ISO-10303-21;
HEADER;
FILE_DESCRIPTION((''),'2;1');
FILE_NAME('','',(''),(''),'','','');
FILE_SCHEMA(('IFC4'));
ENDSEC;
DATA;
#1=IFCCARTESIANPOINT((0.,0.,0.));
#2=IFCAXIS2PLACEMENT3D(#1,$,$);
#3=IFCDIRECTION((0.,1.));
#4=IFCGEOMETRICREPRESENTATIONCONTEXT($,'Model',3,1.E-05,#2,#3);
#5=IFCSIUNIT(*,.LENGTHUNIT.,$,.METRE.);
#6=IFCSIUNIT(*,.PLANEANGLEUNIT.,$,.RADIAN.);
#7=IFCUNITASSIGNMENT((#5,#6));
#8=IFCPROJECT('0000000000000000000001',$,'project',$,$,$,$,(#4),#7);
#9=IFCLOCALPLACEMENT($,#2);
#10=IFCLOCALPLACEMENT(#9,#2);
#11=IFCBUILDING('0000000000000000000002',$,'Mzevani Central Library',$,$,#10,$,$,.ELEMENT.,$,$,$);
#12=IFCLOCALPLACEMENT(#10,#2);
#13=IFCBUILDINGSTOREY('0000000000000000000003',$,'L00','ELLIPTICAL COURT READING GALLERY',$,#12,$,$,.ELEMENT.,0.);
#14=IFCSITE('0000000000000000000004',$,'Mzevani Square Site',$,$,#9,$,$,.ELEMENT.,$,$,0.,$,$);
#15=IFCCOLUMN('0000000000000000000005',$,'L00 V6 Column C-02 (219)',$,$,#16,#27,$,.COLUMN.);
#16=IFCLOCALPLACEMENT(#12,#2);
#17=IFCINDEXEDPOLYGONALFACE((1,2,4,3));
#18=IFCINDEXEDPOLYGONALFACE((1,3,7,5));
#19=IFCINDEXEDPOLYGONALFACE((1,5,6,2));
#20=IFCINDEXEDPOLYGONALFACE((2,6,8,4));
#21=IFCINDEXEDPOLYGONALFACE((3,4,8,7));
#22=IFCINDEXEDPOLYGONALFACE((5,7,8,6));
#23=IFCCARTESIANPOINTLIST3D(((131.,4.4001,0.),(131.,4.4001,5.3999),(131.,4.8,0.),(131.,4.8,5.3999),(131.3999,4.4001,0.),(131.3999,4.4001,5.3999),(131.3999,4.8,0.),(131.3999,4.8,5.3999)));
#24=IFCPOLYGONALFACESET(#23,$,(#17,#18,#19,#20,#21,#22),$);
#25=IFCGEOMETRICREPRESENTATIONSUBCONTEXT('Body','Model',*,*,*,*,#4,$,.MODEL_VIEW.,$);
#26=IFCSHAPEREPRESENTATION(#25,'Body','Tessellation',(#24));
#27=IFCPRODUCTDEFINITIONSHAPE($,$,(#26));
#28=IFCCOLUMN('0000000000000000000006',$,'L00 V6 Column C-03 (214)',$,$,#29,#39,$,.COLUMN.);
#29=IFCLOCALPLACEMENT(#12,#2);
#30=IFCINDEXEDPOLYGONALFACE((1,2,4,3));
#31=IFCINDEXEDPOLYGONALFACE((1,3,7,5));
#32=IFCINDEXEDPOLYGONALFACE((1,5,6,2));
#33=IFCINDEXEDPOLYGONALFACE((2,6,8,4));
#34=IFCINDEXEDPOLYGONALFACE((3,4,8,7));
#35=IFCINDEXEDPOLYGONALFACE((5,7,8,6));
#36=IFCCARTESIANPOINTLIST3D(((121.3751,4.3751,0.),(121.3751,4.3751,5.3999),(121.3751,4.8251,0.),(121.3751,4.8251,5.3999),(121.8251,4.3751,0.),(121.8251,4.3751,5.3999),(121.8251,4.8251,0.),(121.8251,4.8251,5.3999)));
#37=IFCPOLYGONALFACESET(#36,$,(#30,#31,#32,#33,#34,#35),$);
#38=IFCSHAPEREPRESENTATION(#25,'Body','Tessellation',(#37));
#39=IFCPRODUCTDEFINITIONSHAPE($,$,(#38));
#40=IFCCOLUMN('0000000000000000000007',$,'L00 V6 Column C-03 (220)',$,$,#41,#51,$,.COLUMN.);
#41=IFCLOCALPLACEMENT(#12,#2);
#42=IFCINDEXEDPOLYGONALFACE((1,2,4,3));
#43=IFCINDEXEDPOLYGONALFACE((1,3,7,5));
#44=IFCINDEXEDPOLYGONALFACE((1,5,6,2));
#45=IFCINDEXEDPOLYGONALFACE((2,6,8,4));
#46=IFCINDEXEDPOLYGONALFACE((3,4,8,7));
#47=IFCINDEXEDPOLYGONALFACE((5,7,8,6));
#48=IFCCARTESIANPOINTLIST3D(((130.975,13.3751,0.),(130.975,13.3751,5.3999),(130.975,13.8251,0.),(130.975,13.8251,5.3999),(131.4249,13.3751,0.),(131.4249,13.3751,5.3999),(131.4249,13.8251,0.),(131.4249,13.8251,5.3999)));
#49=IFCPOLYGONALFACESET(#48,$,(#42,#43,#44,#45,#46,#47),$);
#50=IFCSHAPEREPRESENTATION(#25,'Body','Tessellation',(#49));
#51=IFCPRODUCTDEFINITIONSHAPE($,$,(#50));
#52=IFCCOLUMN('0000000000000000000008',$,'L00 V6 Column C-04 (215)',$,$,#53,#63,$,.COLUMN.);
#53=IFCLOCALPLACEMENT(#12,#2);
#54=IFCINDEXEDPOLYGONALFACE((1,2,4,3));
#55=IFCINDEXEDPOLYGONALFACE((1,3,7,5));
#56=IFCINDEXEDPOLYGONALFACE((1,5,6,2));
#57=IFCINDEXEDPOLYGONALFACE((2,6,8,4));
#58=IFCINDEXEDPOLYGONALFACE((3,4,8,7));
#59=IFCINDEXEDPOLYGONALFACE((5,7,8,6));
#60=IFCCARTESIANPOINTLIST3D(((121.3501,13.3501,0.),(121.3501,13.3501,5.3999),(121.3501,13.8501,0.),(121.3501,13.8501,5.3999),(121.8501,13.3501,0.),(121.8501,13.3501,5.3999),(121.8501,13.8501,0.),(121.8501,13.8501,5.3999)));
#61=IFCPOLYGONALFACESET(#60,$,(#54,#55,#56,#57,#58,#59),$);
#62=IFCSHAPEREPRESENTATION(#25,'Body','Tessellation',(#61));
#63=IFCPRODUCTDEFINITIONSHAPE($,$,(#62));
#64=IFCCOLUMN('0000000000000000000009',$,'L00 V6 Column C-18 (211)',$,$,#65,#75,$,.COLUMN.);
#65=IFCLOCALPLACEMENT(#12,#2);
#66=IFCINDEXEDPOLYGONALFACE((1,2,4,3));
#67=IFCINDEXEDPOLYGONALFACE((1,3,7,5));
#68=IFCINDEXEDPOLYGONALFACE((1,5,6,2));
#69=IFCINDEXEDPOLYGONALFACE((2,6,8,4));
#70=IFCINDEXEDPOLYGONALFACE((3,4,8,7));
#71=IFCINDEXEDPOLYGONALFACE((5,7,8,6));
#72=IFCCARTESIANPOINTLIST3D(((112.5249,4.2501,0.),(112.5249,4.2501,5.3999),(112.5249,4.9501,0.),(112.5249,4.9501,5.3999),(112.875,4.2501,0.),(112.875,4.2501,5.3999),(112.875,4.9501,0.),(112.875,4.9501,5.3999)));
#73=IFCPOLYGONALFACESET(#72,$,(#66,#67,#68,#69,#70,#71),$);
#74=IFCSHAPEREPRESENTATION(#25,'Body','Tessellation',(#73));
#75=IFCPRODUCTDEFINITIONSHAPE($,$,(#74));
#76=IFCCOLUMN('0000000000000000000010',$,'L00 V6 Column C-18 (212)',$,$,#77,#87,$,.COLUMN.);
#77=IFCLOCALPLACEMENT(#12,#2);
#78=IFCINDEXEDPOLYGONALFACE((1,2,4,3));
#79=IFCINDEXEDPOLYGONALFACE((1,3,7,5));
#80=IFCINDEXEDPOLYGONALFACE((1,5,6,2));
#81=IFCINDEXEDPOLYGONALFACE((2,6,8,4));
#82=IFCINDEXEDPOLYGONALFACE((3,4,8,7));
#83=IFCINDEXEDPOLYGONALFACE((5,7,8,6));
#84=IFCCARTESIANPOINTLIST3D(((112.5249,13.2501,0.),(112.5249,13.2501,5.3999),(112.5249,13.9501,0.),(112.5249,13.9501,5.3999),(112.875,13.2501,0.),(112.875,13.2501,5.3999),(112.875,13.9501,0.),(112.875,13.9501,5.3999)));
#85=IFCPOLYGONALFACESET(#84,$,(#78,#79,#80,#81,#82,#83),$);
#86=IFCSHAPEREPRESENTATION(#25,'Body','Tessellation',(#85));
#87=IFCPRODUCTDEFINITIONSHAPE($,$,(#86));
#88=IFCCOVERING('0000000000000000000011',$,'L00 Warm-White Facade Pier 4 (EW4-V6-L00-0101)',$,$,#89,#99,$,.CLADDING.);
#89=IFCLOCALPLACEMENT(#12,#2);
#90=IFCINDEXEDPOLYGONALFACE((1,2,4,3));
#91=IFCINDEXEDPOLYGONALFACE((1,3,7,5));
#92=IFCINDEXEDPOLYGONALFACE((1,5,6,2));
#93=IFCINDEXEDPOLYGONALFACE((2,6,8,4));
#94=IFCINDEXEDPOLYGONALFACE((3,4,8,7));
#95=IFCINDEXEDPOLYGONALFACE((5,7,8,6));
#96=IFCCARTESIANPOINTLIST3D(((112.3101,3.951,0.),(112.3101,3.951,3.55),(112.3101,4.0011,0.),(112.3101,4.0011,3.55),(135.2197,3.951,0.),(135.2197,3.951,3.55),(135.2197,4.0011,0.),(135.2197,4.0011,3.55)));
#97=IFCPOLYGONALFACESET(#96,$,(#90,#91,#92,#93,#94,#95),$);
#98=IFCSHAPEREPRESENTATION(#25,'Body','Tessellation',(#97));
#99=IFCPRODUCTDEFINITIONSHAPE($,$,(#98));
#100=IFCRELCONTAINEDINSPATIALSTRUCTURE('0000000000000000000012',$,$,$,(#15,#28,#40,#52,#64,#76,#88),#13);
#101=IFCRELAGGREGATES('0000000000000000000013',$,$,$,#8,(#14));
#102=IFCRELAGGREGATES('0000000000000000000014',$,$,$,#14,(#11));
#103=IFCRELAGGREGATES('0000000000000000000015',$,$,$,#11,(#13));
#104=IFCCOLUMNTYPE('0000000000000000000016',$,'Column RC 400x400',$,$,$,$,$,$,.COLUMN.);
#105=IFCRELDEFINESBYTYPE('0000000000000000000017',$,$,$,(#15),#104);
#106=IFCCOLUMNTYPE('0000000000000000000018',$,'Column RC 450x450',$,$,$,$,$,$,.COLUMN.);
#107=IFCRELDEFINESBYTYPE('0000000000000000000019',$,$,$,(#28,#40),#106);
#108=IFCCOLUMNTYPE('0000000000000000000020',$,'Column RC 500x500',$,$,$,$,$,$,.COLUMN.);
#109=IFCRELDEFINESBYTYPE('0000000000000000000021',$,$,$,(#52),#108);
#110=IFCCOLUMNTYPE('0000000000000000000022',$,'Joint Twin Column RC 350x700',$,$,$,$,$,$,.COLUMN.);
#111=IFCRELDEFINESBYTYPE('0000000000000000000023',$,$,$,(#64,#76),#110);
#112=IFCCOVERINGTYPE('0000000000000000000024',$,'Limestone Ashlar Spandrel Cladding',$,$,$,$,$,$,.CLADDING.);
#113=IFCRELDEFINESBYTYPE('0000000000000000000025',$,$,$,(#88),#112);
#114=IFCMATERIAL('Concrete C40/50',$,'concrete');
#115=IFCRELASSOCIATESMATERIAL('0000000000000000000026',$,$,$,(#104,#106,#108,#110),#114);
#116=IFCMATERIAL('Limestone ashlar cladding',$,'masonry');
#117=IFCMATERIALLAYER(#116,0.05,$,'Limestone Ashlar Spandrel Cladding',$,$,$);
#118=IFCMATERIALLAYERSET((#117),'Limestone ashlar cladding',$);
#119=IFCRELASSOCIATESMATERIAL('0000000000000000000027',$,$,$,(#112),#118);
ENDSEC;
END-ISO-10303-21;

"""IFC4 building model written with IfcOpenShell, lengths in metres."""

from ifc_helpers import new_model, si_unit, direction, frame, origin, origin_2d, place, context, subcontext, project, spatial, rectangle, extrude, material, layer, layer_set, material_profile, profile_set, type_object, element, save


model = new_model("IFC4")

# Units and contexts
model_context = context("Model", 3, precision=1e-05, world=origin(), true_north=direction((0.0, 1.0)))
body_context = subcontext(model_context, "Body", "Model", "MODEL_VIEW")
ifc_project = project(units=[si_unit("LENGTHUNIT", "METRE"), si_unit("PLANEANGLEUNIT", "RADIAN")], contexts=[model_context])

# Site, building, storey
site_placement = place(None, origin())
site = spatial("IfcSite", under=ifc_project, at=site_placement, Name="Mzevani Square Site", CompositionType="ELEMENT", RefElevation=0.0)
building_placement = place(site_placement, origin())
building = spatial("IfcBuilding", under=site, at=building_placement, Name="Mzevani Central Library", CompositionType="ELEMENT")
storey_placement = place(building_placement, origin())
storey = spatial("IfcBuildingStorey", under=building, at=storey_placement, Name="L00", Description="ELLIPTICAL COURT READING GALLERY", CompositionType="ELEMENT", Elevation=0.0)

# Columns
ifc_material_1 = material(Name="Concrete C40/50", Category="concrete")
ifc_material_profile_1 = material_profile(ifc_material_1, rectangle(XDim=0.3999, YDim=0.3999, at=origin_2d()), Name="RC 400x400")
ifc_profile_set_1 = profile_set([ifc_material_profile_1], Name="Concrete C40/50")
column_type_1 = type_object("IfcColumnType", Name="Column RC 400x400", PredefinedType="COLUMN", material=ifc_profile_set_1)
column_1_placement = place(storey_placement, frame((131.2, 4.6001, 0.0), z_axis=(0.0, 0.0, 1.0), x_axis=(1.0, 0.0, 0.0)))
element("IfcColumn", 1, at=column_1_placement, inside=storey, type_object=column_type_1, Name="L00 V6 Column C-02 (219)", PredefinedType="COLUMN", context=body_context, shape_type="SweptSolid", body=[
    extrude(rectangle(XDim=0.3999, YDim=0.3999, at=origin_2d()), origin(), (0.0, 0.0, 1.0), 5.3999),
])
ifc_material_profile_2 = material_profile(ifc_material_1, rectangle(XDim=0.45, YDim=0.45, at=origin_2d()), Name="RC 450x450")
ifc_profile_set_2 = profile_set([ifc_material_profile_2], Name="Concrete C40/50")
column_type_2 = type_object("IfcColumnType", Name="Column RC 450x450", PredefinedType="COLUMN", material=ifc_profile_set_2)
for number, where, z_axis, x_axis, name in (
    (2, (121.6001, 4.6001, 0.0), (0.0, 0.0, 1.0), (1.0, 0.0, 0.0), "L00 V6 Column C-03 (214)"),
    (3, (131.2, 13.6001, 0.0), (0.0, 0.0, 1.0), (1.0, 0.0, 0.0), "L00 V6 Column C-03 (220)"),
):
    element("IfcColumn", number, at=place(storey_placement, frame(where, z_axis=z_axis, x_axis=x_axis)), inside=storey, type_object=column_type_2, Name=name, PredefinedType="COLUMN", context=body_context, shape_type="SweptSolid", body=[
        extrude(rectangle(XDim=0.45, YDim=0.45, at=origin_2d()), origin(), (0.0, 0.0, 1.0), 5.3999),
    ])
ifc_material_profile_3 = material_profile(ifc_material_1, rectangle(XDim=0.5, YDim=0.5, at=origin_2d()), Name="RC 500x500")
ifc_profile_set_3 = profile_set([ifc_material_profile_3], Name="Concrete C40/50")
column_type_3 = type_object("IfcColumnType", Name="Column RC 500x500", PredefinedType="COLUMN", material=ifc_profile_set_3)
column_2_placement = place(storey_placement, frame((121.6001, 13.6001, 0.0), z_axis=(0.0, 0.0, 1.0), x_axis=(1.0, 0.0, 0.0)))
element("IfcColumn", 4, at=column_2_placement, inside=storey, type_object=column_type_3, Name="L00 V6 Column C-04 (215)", PredefinedType="COLUMN", context=body_context, shape_type="SweptSolid", body=[
    extrude(rectangle(XDim=0.5, YDim=0.5, at=origin_2d()), origin(), (0.0, 0.0, 1.0), 5.3999),
])
ifc_material_profile_4 = material_profile(ifc_material_1, rectangle(XDim=0.3501, YDim=0.7, at=origin_2d()), Name="RC 350x700")
ifc_profile_set_4 = profile_set([ifc_material_profile_4], Name="Concrete C40/50")
column_type_4 = type_object("IfcColumnType", Name="Joint Twin Column RC 350x700", PredefinedType="COLUMN", material=ifc_profile_set_4)
for number, where, z_axis, x_axis, name in (
    (5, (112.7, 4.6001, 0.0), (0.0, 0.0, 1.0), (1.0, 0.0, 0.0), "L00 V6 Column C-18 (211)"),
    (6, (112.7, 13.6001, 0.0), (0.0, 0.0, 1.0), (1.0, 0.0, 0.0), "L00 V6 Column C-18 (212)"),
):
    element("IfcColumn", number, at=place(storey_placement, frame(where, z_axis=z_axis, x_axis=x_axis)), inside=storey, type_object=column_type_4, Name=name, PredefinedType="COLUMN", context=body_context, shape_type="SweptSolid", body=[
        extrude(rectangle(XDim=0.3501, YDim=0.7, at=origin_2d()), origin(), (0.0, 0.0, 1.0), 5.3999),
    ])

# Covering
ifc_material_2 = material(Name="Limestone ashlar cladding", Category="masonry")
ifc_layer_1 = layer(ifc_material_2, 0.05, Name="Limestone Ashlar Spandrel Cladding")
ifc_layer_set_1 = layer_set([ifc_layer_1], Name="Limestone ashlar cladding")
covering_type = type_object("IfcCoveringType", Name="Limestone Ashlar Spandrel Cladding", PredefinedType="CLADDING", material=ifc_layer_set_1)
covering_placement = place(storey_placement, frame((123.7649, 3.9761, 0.0), z_axis=(0.0, 0.0, 1.0), x_axis=(-1.0, 0.0, 0.0)))
element("IfcCovering", 7, at=covering_placement, inside=storey, type_object=covering_type, Name="L00 Warm-White Facade Pier 4 (EW4-V6-L00-0101)", PredefinedType="CLADDING", context=body_context, shape_type="SweptSolid", body=[
    extrude(rectangle(XDim=22.9097, YDim=0.05, at=origin_2d()), origin(), (0.0, 0.0, 1.0), 3.55),
])

save(model, "model.ifc")
